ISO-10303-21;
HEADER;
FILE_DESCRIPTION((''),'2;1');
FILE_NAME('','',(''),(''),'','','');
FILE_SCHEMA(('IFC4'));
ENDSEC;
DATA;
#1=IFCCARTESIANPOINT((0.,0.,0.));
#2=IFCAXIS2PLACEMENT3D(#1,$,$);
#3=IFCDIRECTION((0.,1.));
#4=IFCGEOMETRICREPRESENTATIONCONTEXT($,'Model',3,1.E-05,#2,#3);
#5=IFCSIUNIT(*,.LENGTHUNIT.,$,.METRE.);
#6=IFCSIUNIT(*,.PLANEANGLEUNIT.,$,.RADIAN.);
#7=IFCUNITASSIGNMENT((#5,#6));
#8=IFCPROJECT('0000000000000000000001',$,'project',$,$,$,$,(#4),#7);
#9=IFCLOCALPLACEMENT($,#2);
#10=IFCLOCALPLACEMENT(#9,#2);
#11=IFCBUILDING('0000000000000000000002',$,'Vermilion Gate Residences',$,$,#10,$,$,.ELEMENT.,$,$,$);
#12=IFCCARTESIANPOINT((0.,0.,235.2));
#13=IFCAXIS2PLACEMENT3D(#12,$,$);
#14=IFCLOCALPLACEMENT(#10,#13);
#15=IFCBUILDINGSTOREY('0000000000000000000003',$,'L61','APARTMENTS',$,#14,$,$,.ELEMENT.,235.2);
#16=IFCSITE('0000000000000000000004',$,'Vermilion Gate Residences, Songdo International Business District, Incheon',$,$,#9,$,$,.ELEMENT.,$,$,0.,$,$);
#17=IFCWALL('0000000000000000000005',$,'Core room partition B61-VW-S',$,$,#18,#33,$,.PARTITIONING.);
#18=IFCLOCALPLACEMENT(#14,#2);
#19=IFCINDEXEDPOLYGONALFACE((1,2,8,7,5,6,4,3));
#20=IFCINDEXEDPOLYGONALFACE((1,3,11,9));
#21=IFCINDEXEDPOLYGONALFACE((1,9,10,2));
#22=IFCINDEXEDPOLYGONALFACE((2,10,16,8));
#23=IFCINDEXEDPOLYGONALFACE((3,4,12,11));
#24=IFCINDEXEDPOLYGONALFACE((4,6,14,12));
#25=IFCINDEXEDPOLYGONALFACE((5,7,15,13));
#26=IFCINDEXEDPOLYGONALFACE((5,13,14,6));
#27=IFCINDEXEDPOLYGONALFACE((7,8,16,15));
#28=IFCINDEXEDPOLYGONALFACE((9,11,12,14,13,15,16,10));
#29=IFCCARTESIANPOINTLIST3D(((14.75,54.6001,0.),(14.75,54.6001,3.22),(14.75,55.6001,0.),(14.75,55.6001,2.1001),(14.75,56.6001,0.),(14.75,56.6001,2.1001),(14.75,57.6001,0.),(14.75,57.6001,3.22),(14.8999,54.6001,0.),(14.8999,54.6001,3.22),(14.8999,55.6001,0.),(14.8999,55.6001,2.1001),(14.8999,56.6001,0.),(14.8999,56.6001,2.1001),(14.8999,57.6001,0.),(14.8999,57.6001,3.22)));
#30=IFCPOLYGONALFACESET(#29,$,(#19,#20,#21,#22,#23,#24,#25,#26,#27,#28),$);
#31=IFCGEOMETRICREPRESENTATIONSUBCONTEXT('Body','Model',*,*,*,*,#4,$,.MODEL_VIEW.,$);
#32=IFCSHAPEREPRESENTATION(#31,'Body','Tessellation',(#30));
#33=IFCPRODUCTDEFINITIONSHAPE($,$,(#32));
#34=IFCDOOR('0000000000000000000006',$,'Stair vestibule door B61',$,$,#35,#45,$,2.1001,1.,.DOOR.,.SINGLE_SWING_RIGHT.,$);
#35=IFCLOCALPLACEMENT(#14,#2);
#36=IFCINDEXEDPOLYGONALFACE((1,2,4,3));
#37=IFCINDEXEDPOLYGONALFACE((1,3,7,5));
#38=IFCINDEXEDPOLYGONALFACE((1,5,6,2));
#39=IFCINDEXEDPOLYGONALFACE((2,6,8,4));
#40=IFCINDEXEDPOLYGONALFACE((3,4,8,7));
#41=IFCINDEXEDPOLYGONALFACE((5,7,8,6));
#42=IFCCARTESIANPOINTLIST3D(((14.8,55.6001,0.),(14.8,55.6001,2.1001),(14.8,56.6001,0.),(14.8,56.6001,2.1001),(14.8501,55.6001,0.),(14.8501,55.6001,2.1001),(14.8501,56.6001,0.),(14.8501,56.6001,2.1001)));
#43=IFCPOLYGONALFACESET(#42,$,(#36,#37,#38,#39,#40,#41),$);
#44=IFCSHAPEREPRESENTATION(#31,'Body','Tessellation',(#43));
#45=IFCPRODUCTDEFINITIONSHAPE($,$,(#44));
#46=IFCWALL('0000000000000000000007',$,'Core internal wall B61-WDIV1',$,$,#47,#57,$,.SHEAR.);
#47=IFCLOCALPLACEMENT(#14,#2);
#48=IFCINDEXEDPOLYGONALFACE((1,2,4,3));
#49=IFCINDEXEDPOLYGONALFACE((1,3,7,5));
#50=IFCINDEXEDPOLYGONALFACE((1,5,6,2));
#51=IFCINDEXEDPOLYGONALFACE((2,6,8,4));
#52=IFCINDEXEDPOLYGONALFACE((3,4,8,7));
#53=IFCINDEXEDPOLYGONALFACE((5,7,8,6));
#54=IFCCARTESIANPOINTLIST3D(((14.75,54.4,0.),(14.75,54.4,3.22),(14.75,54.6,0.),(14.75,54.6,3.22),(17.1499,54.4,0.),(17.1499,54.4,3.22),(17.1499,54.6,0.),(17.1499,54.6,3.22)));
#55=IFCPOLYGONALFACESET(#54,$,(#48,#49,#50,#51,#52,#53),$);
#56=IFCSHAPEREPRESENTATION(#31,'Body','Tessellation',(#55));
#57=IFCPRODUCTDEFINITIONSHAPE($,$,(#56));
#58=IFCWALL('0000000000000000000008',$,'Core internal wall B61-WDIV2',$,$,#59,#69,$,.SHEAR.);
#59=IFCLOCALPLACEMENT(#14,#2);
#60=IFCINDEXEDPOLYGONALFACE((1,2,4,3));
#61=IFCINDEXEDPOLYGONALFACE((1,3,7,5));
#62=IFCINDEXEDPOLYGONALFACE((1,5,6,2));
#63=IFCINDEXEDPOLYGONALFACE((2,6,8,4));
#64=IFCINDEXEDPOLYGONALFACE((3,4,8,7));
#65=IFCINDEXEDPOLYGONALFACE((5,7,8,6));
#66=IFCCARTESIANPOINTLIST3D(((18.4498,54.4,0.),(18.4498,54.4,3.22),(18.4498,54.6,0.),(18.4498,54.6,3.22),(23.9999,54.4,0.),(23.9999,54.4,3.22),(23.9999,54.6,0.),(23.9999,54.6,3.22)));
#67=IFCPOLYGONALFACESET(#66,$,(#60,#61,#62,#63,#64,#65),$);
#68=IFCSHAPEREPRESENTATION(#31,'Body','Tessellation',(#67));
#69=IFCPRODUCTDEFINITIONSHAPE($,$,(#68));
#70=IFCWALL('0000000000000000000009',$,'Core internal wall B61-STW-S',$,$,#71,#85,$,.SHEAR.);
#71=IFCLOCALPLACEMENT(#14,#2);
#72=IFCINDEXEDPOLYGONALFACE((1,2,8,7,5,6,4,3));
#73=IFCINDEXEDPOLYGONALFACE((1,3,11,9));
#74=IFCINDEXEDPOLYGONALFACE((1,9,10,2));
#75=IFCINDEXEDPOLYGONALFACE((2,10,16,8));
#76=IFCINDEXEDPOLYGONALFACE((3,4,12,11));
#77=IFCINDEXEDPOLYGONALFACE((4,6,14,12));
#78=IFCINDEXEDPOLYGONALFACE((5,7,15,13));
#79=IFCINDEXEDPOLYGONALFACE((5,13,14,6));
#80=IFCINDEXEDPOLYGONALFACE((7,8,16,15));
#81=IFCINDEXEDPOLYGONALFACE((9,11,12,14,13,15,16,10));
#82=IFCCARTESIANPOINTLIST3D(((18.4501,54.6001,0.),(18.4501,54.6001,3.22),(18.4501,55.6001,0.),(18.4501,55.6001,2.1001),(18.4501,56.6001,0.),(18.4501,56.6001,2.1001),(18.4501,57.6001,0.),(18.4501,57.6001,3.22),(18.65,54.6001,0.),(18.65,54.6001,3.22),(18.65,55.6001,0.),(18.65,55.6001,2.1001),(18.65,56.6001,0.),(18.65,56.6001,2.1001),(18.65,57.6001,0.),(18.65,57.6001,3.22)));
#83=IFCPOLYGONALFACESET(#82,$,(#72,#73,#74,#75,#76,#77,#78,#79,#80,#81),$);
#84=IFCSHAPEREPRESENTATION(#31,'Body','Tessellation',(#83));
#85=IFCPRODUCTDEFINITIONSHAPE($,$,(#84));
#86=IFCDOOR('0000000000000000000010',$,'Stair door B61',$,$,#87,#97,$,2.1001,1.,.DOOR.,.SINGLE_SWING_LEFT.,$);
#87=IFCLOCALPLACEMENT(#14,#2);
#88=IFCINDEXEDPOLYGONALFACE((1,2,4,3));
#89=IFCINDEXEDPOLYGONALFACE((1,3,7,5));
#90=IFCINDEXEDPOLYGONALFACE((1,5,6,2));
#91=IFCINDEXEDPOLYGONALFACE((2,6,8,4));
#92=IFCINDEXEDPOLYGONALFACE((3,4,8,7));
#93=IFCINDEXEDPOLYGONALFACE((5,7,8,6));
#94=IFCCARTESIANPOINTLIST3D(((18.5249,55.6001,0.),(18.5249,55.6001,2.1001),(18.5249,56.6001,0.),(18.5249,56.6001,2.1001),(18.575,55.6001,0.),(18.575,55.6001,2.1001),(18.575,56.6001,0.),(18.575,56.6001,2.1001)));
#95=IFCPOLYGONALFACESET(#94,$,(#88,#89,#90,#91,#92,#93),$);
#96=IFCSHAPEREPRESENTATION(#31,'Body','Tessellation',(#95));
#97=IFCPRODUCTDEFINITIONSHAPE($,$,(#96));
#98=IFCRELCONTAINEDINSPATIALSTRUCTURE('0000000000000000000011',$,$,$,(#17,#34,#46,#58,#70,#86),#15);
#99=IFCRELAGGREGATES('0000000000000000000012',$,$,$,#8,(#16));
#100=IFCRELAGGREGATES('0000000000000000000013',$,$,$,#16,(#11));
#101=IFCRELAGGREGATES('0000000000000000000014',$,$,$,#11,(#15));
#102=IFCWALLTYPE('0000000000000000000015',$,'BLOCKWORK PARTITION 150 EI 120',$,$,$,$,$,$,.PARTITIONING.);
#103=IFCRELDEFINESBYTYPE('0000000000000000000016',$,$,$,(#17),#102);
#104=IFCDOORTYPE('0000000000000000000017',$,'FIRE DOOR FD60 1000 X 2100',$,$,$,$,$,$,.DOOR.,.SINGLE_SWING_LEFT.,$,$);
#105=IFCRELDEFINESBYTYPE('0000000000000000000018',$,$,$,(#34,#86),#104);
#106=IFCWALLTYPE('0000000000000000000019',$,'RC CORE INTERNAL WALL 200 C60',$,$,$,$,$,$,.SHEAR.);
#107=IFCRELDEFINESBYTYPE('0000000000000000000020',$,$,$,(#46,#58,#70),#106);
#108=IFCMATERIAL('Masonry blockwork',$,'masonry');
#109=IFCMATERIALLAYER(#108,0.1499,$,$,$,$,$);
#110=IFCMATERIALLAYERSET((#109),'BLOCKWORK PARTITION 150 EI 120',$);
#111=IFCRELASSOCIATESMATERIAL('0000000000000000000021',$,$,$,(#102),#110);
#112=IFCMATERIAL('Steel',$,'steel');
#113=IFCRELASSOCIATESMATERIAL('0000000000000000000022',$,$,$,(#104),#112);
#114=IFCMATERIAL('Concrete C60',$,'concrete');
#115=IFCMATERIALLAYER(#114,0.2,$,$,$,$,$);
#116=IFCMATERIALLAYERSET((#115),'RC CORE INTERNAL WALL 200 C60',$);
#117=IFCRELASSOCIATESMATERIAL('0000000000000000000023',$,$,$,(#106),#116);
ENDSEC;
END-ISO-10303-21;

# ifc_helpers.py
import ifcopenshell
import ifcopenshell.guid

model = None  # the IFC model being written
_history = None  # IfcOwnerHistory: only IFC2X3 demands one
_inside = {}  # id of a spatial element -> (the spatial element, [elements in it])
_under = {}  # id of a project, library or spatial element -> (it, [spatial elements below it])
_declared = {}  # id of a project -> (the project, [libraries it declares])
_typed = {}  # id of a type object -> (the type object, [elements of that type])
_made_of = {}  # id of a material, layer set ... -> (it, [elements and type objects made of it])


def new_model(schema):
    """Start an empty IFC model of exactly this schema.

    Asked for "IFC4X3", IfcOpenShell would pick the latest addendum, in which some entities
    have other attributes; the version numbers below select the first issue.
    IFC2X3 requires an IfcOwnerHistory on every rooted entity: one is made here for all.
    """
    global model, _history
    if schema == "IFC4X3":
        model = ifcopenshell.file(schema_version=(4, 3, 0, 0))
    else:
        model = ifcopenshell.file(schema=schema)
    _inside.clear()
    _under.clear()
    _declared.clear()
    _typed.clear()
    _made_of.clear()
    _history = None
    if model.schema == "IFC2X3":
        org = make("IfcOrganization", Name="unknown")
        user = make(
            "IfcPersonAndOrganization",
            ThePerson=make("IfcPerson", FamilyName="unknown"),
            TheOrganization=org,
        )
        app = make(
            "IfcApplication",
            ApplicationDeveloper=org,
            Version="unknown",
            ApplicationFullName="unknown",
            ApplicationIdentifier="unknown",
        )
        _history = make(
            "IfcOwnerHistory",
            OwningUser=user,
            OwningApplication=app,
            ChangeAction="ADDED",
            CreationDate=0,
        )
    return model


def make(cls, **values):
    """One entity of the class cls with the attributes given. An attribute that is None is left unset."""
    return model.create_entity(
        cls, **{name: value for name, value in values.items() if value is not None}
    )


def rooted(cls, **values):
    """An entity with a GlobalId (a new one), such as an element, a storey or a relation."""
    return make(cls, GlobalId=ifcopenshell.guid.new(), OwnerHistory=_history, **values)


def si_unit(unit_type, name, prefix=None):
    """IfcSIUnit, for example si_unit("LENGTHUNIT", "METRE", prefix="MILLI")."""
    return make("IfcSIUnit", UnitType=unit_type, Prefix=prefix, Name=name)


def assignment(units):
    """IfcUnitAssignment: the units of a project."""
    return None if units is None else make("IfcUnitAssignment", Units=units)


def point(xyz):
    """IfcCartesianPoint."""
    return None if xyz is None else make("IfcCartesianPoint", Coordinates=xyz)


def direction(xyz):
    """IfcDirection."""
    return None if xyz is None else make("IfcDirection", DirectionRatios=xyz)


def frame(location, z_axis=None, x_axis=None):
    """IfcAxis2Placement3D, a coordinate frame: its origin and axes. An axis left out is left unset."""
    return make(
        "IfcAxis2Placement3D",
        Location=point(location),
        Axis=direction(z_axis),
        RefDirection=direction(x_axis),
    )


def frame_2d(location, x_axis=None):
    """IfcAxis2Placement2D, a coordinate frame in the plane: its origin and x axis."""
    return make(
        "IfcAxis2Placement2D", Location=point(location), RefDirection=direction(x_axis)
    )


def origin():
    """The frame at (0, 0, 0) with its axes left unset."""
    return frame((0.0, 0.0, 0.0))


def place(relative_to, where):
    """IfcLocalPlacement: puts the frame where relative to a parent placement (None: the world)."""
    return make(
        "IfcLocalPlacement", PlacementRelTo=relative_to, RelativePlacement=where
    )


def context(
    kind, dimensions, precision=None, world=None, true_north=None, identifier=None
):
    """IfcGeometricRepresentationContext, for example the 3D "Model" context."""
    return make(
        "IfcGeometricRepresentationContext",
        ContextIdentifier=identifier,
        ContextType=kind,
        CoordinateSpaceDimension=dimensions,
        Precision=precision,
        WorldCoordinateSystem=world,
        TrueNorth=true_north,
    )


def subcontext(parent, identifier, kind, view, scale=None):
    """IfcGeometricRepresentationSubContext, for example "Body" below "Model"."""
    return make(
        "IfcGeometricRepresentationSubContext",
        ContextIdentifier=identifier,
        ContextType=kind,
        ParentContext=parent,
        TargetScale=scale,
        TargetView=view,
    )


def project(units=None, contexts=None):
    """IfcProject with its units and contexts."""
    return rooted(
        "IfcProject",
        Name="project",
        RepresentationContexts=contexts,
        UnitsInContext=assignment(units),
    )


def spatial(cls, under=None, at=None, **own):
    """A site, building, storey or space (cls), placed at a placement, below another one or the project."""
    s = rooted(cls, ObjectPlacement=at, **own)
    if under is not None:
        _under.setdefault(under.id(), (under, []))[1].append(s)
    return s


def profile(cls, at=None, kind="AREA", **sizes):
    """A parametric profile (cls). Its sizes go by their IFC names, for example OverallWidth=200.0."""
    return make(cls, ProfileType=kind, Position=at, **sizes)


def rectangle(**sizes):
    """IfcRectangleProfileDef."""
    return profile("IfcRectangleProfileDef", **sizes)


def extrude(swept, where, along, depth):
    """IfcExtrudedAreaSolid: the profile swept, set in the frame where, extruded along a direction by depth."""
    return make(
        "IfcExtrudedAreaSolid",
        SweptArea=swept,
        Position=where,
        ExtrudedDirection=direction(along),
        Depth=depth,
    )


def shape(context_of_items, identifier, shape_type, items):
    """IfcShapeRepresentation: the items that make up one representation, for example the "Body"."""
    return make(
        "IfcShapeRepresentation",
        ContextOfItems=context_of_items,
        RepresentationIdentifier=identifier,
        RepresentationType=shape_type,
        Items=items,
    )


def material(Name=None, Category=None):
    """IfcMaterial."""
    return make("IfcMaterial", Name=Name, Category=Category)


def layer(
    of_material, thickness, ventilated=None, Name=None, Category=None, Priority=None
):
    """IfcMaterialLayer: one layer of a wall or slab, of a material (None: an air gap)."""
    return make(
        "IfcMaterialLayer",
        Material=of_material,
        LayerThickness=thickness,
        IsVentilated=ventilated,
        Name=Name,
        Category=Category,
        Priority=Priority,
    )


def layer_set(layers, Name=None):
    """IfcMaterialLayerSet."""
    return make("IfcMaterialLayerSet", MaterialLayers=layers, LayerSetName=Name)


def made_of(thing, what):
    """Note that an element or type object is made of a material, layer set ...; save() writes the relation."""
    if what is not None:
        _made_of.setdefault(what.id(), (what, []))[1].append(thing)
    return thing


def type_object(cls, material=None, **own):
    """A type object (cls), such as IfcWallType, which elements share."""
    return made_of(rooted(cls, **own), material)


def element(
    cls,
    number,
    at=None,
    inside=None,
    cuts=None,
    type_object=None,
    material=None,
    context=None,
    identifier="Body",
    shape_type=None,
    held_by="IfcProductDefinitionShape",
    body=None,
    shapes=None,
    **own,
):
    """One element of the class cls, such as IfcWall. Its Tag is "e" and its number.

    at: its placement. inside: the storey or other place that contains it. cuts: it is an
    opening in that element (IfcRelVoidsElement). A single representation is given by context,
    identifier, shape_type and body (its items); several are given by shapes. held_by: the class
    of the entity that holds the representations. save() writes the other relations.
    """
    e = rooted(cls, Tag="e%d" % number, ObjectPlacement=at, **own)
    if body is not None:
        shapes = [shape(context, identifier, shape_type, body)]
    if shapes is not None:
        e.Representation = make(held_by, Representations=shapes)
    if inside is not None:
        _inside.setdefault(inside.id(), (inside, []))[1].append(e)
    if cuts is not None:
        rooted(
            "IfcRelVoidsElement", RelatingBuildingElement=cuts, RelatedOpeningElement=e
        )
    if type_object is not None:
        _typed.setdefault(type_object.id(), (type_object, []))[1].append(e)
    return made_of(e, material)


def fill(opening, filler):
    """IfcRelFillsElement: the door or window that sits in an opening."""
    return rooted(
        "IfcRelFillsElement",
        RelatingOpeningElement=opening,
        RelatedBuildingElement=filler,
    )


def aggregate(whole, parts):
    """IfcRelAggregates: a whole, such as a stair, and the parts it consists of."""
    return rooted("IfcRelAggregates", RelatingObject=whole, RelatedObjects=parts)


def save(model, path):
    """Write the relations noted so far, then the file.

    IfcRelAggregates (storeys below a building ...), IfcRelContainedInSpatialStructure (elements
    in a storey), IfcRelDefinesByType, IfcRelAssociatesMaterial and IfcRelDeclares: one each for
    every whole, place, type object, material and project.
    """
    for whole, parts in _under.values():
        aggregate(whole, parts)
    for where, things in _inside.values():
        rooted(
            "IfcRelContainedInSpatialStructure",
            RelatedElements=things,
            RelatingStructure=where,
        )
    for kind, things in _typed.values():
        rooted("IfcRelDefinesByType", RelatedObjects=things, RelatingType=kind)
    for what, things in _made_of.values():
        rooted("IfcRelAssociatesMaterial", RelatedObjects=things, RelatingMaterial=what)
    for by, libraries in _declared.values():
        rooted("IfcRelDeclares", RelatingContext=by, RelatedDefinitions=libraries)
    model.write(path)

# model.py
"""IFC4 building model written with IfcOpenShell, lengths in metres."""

from ifc_helpers import new_model, si_unit, direction, frame, frame_2d, origin, place, context, subcontext, project, spatial, rectangle, extrude, material, layer, layer_set, type_object, element, fill, save


model = new_model("IFC4")

# Units and contexts
model_context = context("Model", 3, precision=1e-05, world=origin(), true_north=direction((0.0, 1.0)))
body_context = subcontext(model_context, "Body", "Model", "MODEL_VIEW")
ifc_project = project(units=[si_unit("LENGTHUNIT", "METRE"), si_unit("PLANEANGLEUNIT", "RADIAN")], contexts=[model_context])

# Site, building, storey
site_placement = place(None, origin())
site = spatial("IfcSite", under=ifc_project, at=site_placement, Name="Vermilion Gate Residences, Songdo International Business District, Incheon", CompositionType="ELEMENT", RefElevation=0.0)
building_placement = place(site_placement, origin())
building = spatial("IfcBuilding", under=site, at=building_placement, Name="Vermilion Gate Residences", CompositionType="ELEMENT")
storey_placement = place(building_placement, frame((0.0, 0.0, 235.2)))
storey = spatial("IfcBuildingStorey", under=building, at=storey_placement, Name="L61", Description="APARTMENTS", CompositionType="ELEMENT", Elevation=235.2)

# Wall, opening, door
ifc_material_1 = material(Name="Masonry blockwork", Category="masonry")
ifc_layer_1 = layer(ifc_material_1, 0.1499)
ifc_layer_set_1 = layer_set([ifc_layer_1], Name="BLOCKWORK PARTITION 150 EI 120")
wall_type_1 = type_object("IfcWallType", Name="BLOCKWORK PARTITION 150 EI 120", PredefinedType="PARTITIONING", material=ifc_layer_set_1)
wall_1_placement = place(storey_placement, frame((14.825, 57.6001, 0.0), z_axis=(0.0, 0.0, 1.0), x_axis=(0.0, -1.0, 0.0)))
wall_1 = element("IfcWall", 1, at=wall_1_placement, inside=storey, type_object=wall_type_1, Name="Core room partition B61-VW-S", PredefinedType="PARTITIONING", context=body_context, shape_type="SweptSolid", body=[
    extrude(rectangle(XDim=3.0, YDim=0.1499, at=frame_2d((1.5, 0.0))), origin(), (0.0, 0.0, 1.0), 3.22),
])
opening_1_placement = place(wall_1_placement, frame((1.0, 0.0, 0.0)))
opening_1 = element("IfcOpeningElement", 2, at=opening_1_placement, cuts=wall_1, PredefinedType="OPENING", context=body_context, shape_type="SweptSolid", body=[
    extrude(rectangle(XDim=1.0, YDim=2.1001, at=frame_2d((0.5, 1.05))), frame((0.0, 0.085, 0.0), z_axis=(0.0, -1.0, 0.0), x_axis=(1.0, 0.0, 0.0)), (0.0, 0.0, 1.0), 0.1699),
])
ifc_material_2 = material(Name="Steel", Category="steel")
door_type = type_object("IfcDoorType", Name="FIRE DOOR FD60 1000 X 2100", OperationType="SINGLE_SWING_LEFT", PredefinedType="DOOR", material=ifc_material_2)
door_1_placement = place(opening_1_placement, frame((1.0, 0.0, 0.0), z_axis=(0.0, 0.0, 1.0), x_axis=(-1.0, 0.0, 0.0)))
door_1 = element("IfcDoor", 3, at=door_1_placement, inside=storey, type_object=door_type, Name="Stair vestibule door B61", OperationType="SINGLE_SWING_RIGHT", OverallHeight=2.1001, OverallWidth=1.0, PredefinedType="DOOR", context=body_context, shape_type="SweptSolid", body=[
    extrude(rectangle(XDim=1.0, YDim=2.1001, at=frame_2d((0.5, 1.05))), frame((0.0, 0.0249, 0.0), z_axis=(0.0, -1.0, 0.0), x_axis=(1.0, 0.0, 0.0)), (0.0, 0.0, 1.0), 0.05),
])
fill(opening_1, door_1)

# Walls
ifc_material_3 = material(Name="Concrete C60", Category="concrete")
ifc_layer_2 = layer(ifc_material_3, 0.2)
ifc_layer_set_2 = layer_set([ifc_layer_2], Name="RC CORE INTERNAL WALL 200 C60")
wall_type_2 = type_object("IfcWallType", Name="RC CORE INTERNAL WALL 200 C60", PredefinedType="SHEAR", material=ifc_layer_set_2)
wall_2_placement = place(storey_placement, frame((14.75, 54.5, 0.0), z_axis=(0.0, 0.0, 1.0), x_axis=(1.0, 0.0, 0.0)))
element("IfcWall", 4, at=wall_2_placement, inside=storey, type_object=wall_type_2, Name="Core internal wall B61-WDIV1", PredefinedType="SHEAR", context=body_context, shape_type="SweptSolid", body=[
    extrude(rectangle(XDim=2.3999, YDim=0.2, at=frame_2d((1.2, 0.0))), origin(), (0.0, 0.0, 1.0), 3.22),
])
wall_3_placement = place(storey_placement, frame((18.45, 54.5, 0.0), z_axis=(0.0, 0.0, 1.0), x_axis=(1.0, 0.0, 0.0)))
element("IfcWall", 5, at=wall_3_placement, inside=storey, type_object=wall_type_2, Name="Core internal wall B61-WDIV2", PredefinedType="SHEAR", context=body_context, shape_type="SweptSolid", body=[
    extrude(rectangle(XDim=5.55, YDim=0.2, at=frame_2d((2.7749, 0.0))), origin(), (0.0, 0.0, 1.0), 3.22),
])

# Wall, opening, door
wall_4_placement = place(storey_placement, frame((18.55, 57.6001, 0.0), z_axis=(0.0, 0.0, 1.0), x_axis=(0.0, -1.0, 0.0)))
wall_4 = element("IfcWall", 6, at=wall_4_placement, inside=storey, type_object=wall_type_2, Name="Core internal wall B61-STW-S", PredefinedType="SHEAR", context=body_context, shape_type="SweptSolid", body=[
    extrude(rectangle(XDim=3.0, YDim=0.2, at=frame_2d((1.5, 0.0))), origin(), (0.0, 0.0, 1.0), 3.22),
])
opening_2_placement = place(wall_4_placement, frame((1.0, 0.0, 0.0)))
opening_2 = element("IfcOpeningElement", 7, at=opening_2_placement, cuts=wall_4, PredefinedType="OPENING", context=body_context, shape_type="SweptSolid", body=[
    extrude(rectangle(XDim=1.0, YDim=2.1001, at=frame_2d((0.5, 1.05))), frame((0.0, 0.1099, 0.0), z_axis=(0.0, -1.0, 0.0), x_axis=(1.0, 0.0, 0.0)), (0.0, 0.0, 1.0), 0.22),
])
door_2_placement = place(opening_2_placement, origin())
door_2 = element("IfcDoor", 8, at=door_2_placement, inside=storey, type_object=door_type, Name="Stair door B61", OperationType="SINGLE_SWING_LEFT", OverallHeight=2.1001, OverallWidth=1.0, PredefinedType="DOOR", context=body_context, shape_type="SweptSolid", body=[
    extrude(rectangle(XDim=1.0, YDim=2.1001, at=frame_2d((0.5, 1.05))), frame((0.0, 0.0249, 0.0), z_axis=(0.0, -1.0, 0.0), x_axis=(1.0, 0.0, 0.0)), (0.0, 0.0, 1.0), 0.05),
])
fill(opening_2, door_2)

save(model, "model.ifc")
